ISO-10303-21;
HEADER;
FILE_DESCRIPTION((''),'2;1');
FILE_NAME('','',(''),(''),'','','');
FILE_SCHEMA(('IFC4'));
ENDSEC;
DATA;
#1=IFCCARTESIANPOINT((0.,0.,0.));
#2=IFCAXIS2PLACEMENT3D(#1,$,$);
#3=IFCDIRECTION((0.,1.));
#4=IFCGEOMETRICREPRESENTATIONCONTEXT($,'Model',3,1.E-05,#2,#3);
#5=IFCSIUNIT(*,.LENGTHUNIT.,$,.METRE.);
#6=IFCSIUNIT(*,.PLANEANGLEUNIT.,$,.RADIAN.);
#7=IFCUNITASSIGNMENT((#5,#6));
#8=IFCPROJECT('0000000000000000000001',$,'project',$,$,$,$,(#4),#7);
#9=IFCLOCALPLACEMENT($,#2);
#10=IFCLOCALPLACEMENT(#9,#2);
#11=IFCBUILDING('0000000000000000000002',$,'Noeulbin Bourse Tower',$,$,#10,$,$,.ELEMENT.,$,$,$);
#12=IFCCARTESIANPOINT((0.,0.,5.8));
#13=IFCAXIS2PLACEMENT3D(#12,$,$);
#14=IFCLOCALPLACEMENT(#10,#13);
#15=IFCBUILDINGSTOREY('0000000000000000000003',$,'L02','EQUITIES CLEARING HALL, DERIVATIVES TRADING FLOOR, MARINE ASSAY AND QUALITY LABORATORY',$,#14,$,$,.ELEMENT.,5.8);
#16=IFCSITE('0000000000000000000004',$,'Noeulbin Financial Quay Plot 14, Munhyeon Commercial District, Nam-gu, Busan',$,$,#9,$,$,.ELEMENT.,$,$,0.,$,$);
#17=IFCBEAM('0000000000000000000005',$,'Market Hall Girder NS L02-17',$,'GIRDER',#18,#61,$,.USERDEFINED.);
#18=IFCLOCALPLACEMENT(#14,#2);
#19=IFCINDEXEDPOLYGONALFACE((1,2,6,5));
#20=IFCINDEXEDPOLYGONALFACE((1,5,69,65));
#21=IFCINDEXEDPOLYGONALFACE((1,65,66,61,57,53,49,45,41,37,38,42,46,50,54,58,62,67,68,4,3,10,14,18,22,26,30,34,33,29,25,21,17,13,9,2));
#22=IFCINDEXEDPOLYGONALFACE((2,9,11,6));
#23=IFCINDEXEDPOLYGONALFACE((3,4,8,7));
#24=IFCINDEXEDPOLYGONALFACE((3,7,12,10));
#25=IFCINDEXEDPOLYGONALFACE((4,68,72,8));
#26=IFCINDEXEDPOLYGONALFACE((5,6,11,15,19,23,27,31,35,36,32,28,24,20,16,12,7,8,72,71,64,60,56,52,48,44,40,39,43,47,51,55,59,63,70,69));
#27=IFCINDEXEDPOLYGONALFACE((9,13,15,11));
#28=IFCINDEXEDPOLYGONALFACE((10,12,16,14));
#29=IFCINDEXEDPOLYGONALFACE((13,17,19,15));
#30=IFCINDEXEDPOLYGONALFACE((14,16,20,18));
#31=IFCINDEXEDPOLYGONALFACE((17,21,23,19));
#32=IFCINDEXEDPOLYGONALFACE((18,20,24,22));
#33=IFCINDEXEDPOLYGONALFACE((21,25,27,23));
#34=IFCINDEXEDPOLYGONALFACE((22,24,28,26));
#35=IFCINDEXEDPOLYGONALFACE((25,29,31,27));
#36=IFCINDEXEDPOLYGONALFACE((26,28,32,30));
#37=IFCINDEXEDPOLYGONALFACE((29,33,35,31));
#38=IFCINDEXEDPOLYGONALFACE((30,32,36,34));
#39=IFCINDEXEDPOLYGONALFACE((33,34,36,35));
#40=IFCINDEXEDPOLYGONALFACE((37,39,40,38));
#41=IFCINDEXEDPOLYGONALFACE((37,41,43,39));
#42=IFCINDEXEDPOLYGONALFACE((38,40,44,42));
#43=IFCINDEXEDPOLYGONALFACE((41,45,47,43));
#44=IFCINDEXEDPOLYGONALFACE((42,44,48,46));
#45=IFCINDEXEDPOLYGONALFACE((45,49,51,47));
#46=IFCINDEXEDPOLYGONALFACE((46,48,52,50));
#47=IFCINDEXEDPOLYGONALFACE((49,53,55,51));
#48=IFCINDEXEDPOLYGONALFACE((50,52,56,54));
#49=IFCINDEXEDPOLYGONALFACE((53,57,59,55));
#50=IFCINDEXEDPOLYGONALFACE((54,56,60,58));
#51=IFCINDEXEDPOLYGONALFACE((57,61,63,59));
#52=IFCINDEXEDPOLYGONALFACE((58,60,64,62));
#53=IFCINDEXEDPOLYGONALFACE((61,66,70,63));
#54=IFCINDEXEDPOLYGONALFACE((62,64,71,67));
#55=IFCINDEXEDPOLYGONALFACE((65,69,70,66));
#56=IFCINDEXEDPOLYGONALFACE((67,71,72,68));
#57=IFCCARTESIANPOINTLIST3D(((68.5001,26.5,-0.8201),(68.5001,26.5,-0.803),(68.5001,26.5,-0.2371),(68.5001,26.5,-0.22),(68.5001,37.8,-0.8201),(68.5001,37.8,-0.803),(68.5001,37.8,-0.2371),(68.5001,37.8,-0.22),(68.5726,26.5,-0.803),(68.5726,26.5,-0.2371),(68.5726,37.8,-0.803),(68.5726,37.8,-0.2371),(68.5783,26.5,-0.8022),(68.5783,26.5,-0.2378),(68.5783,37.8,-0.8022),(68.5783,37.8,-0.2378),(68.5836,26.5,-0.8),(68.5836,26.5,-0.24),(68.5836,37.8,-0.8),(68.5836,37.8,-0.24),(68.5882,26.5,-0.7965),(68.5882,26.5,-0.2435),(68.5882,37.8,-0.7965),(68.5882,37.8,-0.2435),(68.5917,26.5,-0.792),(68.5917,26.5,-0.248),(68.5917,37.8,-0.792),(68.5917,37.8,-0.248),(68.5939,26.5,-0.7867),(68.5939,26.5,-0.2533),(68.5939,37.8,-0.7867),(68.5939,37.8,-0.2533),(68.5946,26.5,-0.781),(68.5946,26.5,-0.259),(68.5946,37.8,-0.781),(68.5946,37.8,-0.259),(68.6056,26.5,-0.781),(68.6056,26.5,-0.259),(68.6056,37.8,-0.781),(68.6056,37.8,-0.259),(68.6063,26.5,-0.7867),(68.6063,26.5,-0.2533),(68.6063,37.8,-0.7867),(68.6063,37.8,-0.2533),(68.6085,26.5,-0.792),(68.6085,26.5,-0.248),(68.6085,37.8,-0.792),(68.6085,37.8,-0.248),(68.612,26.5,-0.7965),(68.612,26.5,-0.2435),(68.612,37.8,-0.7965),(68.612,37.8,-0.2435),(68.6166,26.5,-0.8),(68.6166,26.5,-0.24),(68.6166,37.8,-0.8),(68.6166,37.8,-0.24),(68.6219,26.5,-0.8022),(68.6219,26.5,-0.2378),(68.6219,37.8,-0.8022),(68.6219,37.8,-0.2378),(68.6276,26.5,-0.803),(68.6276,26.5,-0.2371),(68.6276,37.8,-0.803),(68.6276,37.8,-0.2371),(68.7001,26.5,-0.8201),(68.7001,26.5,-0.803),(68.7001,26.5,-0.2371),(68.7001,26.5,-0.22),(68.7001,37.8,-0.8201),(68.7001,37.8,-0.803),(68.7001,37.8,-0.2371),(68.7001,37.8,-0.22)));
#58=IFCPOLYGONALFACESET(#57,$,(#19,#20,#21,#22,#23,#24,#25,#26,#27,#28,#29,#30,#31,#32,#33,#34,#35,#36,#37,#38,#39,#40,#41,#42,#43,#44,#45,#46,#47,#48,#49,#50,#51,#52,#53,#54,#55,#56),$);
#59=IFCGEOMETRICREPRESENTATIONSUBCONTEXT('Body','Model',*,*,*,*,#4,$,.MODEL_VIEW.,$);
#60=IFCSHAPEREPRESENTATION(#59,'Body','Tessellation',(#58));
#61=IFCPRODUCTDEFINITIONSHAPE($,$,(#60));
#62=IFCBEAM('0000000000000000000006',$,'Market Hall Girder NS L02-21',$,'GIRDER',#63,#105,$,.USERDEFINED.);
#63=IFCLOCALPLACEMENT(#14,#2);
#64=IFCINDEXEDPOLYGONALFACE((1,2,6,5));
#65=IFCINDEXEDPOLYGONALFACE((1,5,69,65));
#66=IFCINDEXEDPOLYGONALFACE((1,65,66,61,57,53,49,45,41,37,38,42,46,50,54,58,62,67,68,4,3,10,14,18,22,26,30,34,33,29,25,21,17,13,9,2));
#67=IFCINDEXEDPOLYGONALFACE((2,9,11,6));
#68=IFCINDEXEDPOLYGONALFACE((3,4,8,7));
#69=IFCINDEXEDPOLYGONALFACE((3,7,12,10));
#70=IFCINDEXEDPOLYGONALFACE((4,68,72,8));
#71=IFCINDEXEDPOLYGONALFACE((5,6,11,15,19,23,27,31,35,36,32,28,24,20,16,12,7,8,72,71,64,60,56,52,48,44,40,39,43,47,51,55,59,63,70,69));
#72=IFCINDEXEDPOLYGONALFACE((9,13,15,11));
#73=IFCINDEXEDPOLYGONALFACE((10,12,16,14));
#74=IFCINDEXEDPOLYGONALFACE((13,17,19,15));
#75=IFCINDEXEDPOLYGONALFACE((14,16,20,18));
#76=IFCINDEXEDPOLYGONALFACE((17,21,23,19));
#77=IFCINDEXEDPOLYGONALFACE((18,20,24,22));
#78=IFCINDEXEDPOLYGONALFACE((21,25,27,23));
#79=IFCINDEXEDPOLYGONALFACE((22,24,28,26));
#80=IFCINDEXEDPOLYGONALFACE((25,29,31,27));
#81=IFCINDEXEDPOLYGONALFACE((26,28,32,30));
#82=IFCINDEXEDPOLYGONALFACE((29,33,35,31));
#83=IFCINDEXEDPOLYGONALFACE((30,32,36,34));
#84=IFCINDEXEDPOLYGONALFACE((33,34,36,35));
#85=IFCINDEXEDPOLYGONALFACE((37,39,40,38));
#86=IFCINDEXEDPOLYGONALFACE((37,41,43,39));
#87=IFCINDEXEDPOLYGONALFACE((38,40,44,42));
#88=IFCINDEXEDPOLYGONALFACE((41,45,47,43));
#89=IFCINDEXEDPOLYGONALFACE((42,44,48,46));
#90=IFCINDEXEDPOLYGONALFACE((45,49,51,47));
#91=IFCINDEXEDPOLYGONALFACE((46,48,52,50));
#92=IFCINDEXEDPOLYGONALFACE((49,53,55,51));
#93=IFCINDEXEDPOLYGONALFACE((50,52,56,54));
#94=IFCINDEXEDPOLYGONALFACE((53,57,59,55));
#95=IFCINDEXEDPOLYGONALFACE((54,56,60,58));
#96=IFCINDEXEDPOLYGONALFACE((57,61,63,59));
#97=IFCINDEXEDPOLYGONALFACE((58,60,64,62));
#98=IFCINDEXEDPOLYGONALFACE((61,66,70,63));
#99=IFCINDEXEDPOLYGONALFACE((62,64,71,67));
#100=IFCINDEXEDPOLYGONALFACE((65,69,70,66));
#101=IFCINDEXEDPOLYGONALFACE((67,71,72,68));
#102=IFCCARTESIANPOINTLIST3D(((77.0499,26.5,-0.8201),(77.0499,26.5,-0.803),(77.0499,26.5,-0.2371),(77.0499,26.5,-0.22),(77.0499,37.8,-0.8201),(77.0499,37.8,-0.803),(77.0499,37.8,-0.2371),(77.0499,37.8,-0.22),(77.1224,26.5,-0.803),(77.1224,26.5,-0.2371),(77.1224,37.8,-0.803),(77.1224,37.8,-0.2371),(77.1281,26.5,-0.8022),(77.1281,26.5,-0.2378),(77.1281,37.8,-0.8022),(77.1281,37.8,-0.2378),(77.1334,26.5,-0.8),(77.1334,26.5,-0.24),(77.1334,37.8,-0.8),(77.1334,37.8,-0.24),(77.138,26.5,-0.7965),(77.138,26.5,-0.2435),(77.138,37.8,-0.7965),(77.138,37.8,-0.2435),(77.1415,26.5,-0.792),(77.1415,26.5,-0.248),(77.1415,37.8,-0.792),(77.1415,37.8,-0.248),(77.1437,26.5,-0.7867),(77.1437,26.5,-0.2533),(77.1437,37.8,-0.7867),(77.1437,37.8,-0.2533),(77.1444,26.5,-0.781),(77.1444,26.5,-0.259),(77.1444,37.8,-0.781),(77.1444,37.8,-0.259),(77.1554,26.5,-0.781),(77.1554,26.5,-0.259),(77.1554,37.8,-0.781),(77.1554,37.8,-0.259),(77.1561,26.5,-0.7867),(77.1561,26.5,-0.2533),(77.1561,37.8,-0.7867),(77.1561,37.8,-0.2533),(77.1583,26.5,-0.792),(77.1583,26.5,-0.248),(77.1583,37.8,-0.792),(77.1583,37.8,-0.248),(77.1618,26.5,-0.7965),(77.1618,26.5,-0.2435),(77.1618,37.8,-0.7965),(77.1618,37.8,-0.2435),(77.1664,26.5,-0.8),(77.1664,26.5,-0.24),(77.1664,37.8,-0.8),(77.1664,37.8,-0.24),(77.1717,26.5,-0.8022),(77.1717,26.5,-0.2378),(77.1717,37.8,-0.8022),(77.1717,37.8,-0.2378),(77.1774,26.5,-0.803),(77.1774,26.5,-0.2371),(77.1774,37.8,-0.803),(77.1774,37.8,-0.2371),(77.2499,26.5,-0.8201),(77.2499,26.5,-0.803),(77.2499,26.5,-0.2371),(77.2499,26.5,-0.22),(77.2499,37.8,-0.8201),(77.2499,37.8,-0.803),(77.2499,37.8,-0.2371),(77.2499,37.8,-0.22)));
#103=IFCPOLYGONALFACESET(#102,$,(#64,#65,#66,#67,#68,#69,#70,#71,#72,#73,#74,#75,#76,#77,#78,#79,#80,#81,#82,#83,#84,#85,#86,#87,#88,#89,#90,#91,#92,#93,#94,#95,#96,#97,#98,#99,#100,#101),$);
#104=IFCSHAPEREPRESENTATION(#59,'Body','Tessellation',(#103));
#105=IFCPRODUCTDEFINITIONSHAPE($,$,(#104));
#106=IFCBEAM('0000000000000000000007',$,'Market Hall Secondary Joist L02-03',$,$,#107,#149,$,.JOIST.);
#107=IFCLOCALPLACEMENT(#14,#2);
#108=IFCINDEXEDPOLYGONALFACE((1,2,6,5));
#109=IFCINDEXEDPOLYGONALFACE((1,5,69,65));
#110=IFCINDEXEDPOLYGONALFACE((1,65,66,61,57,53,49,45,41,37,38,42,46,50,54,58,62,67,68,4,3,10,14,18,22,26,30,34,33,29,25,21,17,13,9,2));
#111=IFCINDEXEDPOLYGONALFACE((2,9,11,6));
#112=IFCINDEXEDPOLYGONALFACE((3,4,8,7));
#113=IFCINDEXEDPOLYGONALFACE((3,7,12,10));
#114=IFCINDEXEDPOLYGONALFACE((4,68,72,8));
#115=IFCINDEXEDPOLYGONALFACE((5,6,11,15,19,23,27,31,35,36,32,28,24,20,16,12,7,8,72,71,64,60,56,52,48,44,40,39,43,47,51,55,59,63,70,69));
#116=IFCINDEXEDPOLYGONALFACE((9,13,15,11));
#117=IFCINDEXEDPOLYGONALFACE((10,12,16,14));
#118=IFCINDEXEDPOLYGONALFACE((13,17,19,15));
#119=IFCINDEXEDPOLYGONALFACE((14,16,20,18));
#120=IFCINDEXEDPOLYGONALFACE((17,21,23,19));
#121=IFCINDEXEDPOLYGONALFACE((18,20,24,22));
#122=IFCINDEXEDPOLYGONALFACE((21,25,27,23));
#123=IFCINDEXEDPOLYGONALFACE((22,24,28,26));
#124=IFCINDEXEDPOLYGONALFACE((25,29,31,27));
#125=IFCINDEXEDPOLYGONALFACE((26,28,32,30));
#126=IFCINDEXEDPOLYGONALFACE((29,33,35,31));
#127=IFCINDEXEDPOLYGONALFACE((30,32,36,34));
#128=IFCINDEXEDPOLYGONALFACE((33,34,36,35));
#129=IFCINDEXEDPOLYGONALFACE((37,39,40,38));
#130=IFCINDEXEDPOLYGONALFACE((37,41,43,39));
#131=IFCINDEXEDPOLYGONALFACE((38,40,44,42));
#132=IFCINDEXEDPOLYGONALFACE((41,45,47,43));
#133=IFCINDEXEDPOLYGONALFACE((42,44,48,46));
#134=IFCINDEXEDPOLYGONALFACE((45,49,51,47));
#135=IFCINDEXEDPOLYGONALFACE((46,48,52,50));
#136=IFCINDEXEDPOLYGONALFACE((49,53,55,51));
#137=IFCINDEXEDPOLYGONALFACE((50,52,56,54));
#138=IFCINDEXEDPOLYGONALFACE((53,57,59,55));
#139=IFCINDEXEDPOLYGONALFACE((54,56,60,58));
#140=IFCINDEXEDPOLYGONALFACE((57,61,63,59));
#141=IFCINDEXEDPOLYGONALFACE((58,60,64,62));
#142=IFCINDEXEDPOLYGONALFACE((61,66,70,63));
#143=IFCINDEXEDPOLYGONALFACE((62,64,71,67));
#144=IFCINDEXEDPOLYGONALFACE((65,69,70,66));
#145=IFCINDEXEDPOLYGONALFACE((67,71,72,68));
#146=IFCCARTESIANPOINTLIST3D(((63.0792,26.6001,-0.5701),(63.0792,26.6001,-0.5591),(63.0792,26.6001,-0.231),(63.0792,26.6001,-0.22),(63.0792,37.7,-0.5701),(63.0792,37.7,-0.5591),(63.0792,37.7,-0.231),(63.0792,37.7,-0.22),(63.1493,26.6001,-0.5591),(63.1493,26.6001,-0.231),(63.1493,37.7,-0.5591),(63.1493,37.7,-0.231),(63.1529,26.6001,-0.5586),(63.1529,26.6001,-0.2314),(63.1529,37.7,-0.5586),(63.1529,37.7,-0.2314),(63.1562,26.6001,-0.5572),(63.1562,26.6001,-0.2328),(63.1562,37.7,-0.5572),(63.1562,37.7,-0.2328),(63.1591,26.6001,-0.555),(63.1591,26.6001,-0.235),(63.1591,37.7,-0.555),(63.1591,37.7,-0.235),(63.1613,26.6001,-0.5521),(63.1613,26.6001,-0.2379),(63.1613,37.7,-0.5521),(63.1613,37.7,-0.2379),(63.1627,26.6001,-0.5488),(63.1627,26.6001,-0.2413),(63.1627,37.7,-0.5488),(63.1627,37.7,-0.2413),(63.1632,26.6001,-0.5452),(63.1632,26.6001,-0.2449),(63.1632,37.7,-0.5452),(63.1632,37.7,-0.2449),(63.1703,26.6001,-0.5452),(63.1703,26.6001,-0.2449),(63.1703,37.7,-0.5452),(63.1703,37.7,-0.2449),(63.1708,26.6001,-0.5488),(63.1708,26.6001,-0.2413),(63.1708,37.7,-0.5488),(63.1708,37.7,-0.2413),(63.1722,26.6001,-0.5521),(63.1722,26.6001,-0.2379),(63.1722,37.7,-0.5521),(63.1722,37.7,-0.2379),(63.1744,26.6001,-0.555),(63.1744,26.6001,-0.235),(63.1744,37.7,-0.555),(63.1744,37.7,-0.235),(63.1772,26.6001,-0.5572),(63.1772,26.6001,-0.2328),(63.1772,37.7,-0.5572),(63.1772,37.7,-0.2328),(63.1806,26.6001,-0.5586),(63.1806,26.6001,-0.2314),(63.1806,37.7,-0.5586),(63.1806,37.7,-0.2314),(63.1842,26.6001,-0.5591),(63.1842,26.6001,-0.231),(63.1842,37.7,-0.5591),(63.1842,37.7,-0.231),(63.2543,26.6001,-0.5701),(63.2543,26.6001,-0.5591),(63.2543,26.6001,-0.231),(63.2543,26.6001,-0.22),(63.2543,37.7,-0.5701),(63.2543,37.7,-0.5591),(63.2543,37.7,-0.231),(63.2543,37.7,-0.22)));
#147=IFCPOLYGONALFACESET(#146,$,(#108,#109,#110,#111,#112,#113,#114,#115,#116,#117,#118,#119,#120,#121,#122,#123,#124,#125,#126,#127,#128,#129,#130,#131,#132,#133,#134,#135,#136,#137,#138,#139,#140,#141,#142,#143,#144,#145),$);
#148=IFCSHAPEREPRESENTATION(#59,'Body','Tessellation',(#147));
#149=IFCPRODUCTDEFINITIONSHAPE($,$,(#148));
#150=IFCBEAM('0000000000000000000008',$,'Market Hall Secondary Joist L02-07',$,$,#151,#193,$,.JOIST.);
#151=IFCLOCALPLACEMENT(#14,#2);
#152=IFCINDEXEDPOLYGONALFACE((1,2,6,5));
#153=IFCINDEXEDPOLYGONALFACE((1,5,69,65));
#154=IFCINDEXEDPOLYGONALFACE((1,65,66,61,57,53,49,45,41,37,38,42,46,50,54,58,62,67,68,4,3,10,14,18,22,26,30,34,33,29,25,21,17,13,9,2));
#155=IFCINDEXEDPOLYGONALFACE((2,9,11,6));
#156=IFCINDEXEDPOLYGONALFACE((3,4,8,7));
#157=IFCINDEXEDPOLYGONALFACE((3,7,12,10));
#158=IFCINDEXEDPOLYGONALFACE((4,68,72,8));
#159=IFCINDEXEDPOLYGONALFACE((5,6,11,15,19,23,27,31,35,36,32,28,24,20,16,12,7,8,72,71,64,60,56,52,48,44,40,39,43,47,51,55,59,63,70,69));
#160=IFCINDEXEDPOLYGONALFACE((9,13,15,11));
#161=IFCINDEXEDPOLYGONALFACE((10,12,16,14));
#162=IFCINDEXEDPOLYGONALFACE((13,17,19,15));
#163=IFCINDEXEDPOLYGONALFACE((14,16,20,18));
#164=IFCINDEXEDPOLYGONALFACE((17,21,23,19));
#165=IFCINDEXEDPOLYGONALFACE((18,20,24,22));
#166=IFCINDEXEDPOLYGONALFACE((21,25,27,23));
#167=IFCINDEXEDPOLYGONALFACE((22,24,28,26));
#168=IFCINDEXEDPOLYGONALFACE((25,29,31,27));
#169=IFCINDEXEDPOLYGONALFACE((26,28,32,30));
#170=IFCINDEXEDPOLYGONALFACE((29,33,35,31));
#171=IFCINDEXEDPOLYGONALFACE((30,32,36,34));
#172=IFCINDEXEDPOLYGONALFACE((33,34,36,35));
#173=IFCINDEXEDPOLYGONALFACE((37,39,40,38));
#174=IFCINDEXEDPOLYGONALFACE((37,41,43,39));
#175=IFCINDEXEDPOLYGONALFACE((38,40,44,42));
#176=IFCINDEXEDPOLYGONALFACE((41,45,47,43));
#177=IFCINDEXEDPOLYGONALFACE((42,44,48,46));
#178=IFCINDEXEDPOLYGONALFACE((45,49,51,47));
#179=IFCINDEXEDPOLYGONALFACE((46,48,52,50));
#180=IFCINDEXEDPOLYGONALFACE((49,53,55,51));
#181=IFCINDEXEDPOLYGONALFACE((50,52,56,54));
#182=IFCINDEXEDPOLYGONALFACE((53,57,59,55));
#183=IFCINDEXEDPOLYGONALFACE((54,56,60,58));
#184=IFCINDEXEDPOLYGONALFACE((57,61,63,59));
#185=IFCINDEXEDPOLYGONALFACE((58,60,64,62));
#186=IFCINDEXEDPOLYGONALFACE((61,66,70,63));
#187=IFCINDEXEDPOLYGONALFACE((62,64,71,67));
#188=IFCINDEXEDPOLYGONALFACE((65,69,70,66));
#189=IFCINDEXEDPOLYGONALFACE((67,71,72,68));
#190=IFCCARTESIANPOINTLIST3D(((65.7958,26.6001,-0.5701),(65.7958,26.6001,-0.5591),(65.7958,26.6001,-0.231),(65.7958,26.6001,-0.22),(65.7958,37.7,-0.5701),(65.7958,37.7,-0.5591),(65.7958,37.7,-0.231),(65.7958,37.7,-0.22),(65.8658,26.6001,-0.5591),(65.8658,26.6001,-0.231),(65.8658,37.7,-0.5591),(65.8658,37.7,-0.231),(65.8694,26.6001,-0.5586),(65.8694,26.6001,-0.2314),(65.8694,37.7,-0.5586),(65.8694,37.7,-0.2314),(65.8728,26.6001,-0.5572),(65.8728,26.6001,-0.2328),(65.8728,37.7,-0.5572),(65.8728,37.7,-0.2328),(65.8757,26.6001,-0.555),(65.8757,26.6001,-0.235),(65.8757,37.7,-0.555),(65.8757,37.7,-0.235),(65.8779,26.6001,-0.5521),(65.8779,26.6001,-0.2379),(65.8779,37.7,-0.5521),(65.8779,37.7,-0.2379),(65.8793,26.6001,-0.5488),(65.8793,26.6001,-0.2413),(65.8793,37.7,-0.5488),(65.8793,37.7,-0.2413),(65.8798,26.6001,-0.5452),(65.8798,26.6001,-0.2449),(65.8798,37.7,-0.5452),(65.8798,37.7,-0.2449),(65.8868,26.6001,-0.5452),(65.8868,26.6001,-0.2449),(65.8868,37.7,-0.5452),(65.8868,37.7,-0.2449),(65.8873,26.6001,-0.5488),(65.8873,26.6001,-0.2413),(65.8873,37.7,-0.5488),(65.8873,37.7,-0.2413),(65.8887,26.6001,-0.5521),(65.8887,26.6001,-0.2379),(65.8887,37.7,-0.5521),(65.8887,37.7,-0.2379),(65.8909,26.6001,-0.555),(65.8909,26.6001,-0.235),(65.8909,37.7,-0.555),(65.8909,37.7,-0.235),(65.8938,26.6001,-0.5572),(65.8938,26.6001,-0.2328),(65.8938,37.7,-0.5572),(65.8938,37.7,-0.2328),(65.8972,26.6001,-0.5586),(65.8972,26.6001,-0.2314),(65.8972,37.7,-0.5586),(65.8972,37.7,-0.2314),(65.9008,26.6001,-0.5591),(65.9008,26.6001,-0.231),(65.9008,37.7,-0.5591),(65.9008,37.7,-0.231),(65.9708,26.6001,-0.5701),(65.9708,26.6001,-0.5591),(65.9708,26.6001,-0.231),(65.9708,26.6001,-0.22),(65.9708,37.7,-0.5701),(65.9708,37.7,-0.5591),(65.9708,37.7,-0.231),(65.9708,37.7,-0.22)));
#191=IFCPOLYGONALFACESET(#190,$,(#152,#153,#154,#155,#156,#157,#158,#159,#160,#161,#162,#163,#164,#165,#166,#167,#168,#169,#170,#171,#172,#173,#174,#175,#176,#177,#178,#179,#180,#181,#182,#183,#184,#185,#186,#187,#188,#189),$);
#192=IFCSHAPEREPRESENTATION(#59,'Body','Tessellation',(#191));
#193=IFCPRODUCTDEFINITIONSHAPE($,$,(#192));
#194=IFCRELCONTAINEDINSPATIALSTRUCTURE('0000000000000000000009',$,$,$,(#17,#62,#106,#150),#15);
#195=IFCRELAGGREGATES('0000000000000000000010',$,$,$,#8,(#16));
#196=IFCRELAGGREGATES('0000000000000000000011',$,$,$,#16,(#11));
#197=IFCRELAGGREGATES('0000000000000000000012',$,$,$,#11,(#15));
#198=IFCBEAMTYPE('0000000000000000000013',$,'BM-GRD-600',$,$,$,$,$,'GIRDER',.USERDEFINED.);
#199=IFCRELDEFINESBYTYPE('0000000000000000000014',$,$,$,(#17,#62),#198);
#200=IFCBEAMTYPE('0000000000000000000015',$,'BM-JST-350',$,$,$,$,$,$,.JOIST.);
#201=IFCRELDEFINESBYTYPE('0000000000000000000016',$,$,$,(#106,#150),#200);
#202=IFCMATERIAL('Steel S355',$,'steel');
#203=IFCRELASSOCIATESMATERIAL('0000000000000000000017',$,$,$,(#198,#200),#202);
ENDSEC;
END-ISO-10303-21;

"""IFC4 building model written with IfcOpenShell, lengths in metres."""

from ifc_helpers import new_model, si_unit, direction, frame, origin, origin_2d, place, context, subcontext, project, spatial, i_section, extrude, material, material_profile, profile_set, type_object, element, save


model = new_model("IFC4")

# Units and contexts
model_context = context("Model", 3, precision=1e-05, world=origin(), true_north=direction((0.0, 1.0)))
body_context = subcontext(model_context, "Body", "Model", "MODEL_VIEW")
ifc_project = project(units=[si_unit("LENGTHUNIT", "METRE"), si_unit("PLANEANGLEUNIT", "RADIAN")], contexts=[model_context])

# Site, building, storey
site_placement = place(None, origin())
site = spatial("IfcSite", under=ifc_project, at=site_placement, Name="Noeulbin Financial Quay Plot 14, Munhyeon Commercial District, Nam-gu, Busan", CompositionType="ELEMENT", RefElevation=0.0)
building_placement = place(site_placement, origin())
building = spatial("IfcBuilding", under=site, at=building_placement, Name="Noeulbin Bourse Tower", CompositionType="ELEMENT")
storey_placement = place(building_placement, frame((0.0, 0.0, 5.8)))
storey = spatial("IfcBuildingStorey", under=building, at=storey_placement, Name="L02", Description="EQUITIES CLEARING HALL, DERIVATIVES TRADING FLOOR, MARINE ASSAY AND QUALITY LABORATORY", CompositionType="ELEMENT", Elevation=5.8)

# Shared definitions
ifc_material_1 = material(Name="Steel S355", Category="steel")

# Beams
ifc_material_profile_1 = material_profile(ifc_material_1, i_section(OverallWidth=0.2, OverallDepth=0.6001, WebThickness=0.011, FlangeThickness=0.0171, FilletRadius=0.022, at=origin_2d()), Name="H-600x200x11x17", Category="LoadBearing")
ifc_profile_set_1 = profile_set([ifc_material_profile_1], Name="Steel S355")
beam_type_1 = type_object("IfcBeamType", Name="BM-GRD-600", ElementType="GIRDER", PredefinedType="USERDEFINED", material=ifc_profile_set_1)
for number, where, z_axis, x_axis, name in (
    (1, (68.6001, 26.5, -0.52), (0.0, 1.0, 0.0), (-1.0, 0.0, 0.0), "Market Hall Girder NS L02-17"),
    (2, (77.1499, 26.5, -0.52), (0.0, 1.0, 0.0), (-1.0, 0.0, 0.0), "Market Hall Girder NS L02-21"),
):
    element("IfcBeam", number, at=place(storey_placement, frame(where, z_axis=z_axis, x_axis=x_axis)), inside=storey, type_object=beam_type_1, Name=name, ObjectType="GIRDER", PredefinedType="USERDEFINED", context=body_context, shape_type="SweptSolid", body=[
        extrude(i_section(OverallWidth=0.2, OverallDepth=0.6001, WebThickness=0.011, FlangeThickness=0.0171, FilletRadius=0.022, at=origin_2d()), origin(), (0.0, 0.0, 1.0), 11.3),
    ])
ifc_material_profile_2 = material_profile(ifc_material_1, i_section(OverallWidth=0.175, OverallDepth=0.3501, WebThickness=0.0071, FlangeThickness=0.011, FilletRadius=0.0139, at=origin_2d()), Name="H-350x175x7x11", Category="LoadBearing")
ifc_profile_set_2 = profile_set([ifc_material_profile_2], Name="Steel S355")
beam_type_2 = type_object("IfcBeamType", Name="BM-JST-350", PredefinedType="JOIST", material=ifc_profile_set_2)
for number, where, z_axis, x_axis, name in (
    (3, (63.1667, 26.6001, -0.395), (0.0, 1.0, 0.0), (-1.0, 0.0, 0.0), "Market Hall Secondary Joist L02-03"),
    (4, (65.8833, 26.6001, -0.395), (0.0, 1.0, 0.0), (-1.0, 0.0, 0.0), "Market Hall Secondary Joist L02-07"),
):
    element("IfcBeam", number, at=place(storey_placement, frame(where, z_axis=z_axis, x_axis=x_axis)), inside=storey, type_object=beam_type_2, Name=name, PredefinedType="JOIST", context=body_context, shape_type="SweptSolid", body=[
        extrude(i_section(OverallWidth=0.175, OverallDepth=0.3501, WebThickness=0.0071, FlangeThickness=0.011, FilletRadius=0.0139, at=origin_2d()), origin(), (0.0, 0.0, 1.0), 11.0999),
    ])

save(model, "model.ifc")
